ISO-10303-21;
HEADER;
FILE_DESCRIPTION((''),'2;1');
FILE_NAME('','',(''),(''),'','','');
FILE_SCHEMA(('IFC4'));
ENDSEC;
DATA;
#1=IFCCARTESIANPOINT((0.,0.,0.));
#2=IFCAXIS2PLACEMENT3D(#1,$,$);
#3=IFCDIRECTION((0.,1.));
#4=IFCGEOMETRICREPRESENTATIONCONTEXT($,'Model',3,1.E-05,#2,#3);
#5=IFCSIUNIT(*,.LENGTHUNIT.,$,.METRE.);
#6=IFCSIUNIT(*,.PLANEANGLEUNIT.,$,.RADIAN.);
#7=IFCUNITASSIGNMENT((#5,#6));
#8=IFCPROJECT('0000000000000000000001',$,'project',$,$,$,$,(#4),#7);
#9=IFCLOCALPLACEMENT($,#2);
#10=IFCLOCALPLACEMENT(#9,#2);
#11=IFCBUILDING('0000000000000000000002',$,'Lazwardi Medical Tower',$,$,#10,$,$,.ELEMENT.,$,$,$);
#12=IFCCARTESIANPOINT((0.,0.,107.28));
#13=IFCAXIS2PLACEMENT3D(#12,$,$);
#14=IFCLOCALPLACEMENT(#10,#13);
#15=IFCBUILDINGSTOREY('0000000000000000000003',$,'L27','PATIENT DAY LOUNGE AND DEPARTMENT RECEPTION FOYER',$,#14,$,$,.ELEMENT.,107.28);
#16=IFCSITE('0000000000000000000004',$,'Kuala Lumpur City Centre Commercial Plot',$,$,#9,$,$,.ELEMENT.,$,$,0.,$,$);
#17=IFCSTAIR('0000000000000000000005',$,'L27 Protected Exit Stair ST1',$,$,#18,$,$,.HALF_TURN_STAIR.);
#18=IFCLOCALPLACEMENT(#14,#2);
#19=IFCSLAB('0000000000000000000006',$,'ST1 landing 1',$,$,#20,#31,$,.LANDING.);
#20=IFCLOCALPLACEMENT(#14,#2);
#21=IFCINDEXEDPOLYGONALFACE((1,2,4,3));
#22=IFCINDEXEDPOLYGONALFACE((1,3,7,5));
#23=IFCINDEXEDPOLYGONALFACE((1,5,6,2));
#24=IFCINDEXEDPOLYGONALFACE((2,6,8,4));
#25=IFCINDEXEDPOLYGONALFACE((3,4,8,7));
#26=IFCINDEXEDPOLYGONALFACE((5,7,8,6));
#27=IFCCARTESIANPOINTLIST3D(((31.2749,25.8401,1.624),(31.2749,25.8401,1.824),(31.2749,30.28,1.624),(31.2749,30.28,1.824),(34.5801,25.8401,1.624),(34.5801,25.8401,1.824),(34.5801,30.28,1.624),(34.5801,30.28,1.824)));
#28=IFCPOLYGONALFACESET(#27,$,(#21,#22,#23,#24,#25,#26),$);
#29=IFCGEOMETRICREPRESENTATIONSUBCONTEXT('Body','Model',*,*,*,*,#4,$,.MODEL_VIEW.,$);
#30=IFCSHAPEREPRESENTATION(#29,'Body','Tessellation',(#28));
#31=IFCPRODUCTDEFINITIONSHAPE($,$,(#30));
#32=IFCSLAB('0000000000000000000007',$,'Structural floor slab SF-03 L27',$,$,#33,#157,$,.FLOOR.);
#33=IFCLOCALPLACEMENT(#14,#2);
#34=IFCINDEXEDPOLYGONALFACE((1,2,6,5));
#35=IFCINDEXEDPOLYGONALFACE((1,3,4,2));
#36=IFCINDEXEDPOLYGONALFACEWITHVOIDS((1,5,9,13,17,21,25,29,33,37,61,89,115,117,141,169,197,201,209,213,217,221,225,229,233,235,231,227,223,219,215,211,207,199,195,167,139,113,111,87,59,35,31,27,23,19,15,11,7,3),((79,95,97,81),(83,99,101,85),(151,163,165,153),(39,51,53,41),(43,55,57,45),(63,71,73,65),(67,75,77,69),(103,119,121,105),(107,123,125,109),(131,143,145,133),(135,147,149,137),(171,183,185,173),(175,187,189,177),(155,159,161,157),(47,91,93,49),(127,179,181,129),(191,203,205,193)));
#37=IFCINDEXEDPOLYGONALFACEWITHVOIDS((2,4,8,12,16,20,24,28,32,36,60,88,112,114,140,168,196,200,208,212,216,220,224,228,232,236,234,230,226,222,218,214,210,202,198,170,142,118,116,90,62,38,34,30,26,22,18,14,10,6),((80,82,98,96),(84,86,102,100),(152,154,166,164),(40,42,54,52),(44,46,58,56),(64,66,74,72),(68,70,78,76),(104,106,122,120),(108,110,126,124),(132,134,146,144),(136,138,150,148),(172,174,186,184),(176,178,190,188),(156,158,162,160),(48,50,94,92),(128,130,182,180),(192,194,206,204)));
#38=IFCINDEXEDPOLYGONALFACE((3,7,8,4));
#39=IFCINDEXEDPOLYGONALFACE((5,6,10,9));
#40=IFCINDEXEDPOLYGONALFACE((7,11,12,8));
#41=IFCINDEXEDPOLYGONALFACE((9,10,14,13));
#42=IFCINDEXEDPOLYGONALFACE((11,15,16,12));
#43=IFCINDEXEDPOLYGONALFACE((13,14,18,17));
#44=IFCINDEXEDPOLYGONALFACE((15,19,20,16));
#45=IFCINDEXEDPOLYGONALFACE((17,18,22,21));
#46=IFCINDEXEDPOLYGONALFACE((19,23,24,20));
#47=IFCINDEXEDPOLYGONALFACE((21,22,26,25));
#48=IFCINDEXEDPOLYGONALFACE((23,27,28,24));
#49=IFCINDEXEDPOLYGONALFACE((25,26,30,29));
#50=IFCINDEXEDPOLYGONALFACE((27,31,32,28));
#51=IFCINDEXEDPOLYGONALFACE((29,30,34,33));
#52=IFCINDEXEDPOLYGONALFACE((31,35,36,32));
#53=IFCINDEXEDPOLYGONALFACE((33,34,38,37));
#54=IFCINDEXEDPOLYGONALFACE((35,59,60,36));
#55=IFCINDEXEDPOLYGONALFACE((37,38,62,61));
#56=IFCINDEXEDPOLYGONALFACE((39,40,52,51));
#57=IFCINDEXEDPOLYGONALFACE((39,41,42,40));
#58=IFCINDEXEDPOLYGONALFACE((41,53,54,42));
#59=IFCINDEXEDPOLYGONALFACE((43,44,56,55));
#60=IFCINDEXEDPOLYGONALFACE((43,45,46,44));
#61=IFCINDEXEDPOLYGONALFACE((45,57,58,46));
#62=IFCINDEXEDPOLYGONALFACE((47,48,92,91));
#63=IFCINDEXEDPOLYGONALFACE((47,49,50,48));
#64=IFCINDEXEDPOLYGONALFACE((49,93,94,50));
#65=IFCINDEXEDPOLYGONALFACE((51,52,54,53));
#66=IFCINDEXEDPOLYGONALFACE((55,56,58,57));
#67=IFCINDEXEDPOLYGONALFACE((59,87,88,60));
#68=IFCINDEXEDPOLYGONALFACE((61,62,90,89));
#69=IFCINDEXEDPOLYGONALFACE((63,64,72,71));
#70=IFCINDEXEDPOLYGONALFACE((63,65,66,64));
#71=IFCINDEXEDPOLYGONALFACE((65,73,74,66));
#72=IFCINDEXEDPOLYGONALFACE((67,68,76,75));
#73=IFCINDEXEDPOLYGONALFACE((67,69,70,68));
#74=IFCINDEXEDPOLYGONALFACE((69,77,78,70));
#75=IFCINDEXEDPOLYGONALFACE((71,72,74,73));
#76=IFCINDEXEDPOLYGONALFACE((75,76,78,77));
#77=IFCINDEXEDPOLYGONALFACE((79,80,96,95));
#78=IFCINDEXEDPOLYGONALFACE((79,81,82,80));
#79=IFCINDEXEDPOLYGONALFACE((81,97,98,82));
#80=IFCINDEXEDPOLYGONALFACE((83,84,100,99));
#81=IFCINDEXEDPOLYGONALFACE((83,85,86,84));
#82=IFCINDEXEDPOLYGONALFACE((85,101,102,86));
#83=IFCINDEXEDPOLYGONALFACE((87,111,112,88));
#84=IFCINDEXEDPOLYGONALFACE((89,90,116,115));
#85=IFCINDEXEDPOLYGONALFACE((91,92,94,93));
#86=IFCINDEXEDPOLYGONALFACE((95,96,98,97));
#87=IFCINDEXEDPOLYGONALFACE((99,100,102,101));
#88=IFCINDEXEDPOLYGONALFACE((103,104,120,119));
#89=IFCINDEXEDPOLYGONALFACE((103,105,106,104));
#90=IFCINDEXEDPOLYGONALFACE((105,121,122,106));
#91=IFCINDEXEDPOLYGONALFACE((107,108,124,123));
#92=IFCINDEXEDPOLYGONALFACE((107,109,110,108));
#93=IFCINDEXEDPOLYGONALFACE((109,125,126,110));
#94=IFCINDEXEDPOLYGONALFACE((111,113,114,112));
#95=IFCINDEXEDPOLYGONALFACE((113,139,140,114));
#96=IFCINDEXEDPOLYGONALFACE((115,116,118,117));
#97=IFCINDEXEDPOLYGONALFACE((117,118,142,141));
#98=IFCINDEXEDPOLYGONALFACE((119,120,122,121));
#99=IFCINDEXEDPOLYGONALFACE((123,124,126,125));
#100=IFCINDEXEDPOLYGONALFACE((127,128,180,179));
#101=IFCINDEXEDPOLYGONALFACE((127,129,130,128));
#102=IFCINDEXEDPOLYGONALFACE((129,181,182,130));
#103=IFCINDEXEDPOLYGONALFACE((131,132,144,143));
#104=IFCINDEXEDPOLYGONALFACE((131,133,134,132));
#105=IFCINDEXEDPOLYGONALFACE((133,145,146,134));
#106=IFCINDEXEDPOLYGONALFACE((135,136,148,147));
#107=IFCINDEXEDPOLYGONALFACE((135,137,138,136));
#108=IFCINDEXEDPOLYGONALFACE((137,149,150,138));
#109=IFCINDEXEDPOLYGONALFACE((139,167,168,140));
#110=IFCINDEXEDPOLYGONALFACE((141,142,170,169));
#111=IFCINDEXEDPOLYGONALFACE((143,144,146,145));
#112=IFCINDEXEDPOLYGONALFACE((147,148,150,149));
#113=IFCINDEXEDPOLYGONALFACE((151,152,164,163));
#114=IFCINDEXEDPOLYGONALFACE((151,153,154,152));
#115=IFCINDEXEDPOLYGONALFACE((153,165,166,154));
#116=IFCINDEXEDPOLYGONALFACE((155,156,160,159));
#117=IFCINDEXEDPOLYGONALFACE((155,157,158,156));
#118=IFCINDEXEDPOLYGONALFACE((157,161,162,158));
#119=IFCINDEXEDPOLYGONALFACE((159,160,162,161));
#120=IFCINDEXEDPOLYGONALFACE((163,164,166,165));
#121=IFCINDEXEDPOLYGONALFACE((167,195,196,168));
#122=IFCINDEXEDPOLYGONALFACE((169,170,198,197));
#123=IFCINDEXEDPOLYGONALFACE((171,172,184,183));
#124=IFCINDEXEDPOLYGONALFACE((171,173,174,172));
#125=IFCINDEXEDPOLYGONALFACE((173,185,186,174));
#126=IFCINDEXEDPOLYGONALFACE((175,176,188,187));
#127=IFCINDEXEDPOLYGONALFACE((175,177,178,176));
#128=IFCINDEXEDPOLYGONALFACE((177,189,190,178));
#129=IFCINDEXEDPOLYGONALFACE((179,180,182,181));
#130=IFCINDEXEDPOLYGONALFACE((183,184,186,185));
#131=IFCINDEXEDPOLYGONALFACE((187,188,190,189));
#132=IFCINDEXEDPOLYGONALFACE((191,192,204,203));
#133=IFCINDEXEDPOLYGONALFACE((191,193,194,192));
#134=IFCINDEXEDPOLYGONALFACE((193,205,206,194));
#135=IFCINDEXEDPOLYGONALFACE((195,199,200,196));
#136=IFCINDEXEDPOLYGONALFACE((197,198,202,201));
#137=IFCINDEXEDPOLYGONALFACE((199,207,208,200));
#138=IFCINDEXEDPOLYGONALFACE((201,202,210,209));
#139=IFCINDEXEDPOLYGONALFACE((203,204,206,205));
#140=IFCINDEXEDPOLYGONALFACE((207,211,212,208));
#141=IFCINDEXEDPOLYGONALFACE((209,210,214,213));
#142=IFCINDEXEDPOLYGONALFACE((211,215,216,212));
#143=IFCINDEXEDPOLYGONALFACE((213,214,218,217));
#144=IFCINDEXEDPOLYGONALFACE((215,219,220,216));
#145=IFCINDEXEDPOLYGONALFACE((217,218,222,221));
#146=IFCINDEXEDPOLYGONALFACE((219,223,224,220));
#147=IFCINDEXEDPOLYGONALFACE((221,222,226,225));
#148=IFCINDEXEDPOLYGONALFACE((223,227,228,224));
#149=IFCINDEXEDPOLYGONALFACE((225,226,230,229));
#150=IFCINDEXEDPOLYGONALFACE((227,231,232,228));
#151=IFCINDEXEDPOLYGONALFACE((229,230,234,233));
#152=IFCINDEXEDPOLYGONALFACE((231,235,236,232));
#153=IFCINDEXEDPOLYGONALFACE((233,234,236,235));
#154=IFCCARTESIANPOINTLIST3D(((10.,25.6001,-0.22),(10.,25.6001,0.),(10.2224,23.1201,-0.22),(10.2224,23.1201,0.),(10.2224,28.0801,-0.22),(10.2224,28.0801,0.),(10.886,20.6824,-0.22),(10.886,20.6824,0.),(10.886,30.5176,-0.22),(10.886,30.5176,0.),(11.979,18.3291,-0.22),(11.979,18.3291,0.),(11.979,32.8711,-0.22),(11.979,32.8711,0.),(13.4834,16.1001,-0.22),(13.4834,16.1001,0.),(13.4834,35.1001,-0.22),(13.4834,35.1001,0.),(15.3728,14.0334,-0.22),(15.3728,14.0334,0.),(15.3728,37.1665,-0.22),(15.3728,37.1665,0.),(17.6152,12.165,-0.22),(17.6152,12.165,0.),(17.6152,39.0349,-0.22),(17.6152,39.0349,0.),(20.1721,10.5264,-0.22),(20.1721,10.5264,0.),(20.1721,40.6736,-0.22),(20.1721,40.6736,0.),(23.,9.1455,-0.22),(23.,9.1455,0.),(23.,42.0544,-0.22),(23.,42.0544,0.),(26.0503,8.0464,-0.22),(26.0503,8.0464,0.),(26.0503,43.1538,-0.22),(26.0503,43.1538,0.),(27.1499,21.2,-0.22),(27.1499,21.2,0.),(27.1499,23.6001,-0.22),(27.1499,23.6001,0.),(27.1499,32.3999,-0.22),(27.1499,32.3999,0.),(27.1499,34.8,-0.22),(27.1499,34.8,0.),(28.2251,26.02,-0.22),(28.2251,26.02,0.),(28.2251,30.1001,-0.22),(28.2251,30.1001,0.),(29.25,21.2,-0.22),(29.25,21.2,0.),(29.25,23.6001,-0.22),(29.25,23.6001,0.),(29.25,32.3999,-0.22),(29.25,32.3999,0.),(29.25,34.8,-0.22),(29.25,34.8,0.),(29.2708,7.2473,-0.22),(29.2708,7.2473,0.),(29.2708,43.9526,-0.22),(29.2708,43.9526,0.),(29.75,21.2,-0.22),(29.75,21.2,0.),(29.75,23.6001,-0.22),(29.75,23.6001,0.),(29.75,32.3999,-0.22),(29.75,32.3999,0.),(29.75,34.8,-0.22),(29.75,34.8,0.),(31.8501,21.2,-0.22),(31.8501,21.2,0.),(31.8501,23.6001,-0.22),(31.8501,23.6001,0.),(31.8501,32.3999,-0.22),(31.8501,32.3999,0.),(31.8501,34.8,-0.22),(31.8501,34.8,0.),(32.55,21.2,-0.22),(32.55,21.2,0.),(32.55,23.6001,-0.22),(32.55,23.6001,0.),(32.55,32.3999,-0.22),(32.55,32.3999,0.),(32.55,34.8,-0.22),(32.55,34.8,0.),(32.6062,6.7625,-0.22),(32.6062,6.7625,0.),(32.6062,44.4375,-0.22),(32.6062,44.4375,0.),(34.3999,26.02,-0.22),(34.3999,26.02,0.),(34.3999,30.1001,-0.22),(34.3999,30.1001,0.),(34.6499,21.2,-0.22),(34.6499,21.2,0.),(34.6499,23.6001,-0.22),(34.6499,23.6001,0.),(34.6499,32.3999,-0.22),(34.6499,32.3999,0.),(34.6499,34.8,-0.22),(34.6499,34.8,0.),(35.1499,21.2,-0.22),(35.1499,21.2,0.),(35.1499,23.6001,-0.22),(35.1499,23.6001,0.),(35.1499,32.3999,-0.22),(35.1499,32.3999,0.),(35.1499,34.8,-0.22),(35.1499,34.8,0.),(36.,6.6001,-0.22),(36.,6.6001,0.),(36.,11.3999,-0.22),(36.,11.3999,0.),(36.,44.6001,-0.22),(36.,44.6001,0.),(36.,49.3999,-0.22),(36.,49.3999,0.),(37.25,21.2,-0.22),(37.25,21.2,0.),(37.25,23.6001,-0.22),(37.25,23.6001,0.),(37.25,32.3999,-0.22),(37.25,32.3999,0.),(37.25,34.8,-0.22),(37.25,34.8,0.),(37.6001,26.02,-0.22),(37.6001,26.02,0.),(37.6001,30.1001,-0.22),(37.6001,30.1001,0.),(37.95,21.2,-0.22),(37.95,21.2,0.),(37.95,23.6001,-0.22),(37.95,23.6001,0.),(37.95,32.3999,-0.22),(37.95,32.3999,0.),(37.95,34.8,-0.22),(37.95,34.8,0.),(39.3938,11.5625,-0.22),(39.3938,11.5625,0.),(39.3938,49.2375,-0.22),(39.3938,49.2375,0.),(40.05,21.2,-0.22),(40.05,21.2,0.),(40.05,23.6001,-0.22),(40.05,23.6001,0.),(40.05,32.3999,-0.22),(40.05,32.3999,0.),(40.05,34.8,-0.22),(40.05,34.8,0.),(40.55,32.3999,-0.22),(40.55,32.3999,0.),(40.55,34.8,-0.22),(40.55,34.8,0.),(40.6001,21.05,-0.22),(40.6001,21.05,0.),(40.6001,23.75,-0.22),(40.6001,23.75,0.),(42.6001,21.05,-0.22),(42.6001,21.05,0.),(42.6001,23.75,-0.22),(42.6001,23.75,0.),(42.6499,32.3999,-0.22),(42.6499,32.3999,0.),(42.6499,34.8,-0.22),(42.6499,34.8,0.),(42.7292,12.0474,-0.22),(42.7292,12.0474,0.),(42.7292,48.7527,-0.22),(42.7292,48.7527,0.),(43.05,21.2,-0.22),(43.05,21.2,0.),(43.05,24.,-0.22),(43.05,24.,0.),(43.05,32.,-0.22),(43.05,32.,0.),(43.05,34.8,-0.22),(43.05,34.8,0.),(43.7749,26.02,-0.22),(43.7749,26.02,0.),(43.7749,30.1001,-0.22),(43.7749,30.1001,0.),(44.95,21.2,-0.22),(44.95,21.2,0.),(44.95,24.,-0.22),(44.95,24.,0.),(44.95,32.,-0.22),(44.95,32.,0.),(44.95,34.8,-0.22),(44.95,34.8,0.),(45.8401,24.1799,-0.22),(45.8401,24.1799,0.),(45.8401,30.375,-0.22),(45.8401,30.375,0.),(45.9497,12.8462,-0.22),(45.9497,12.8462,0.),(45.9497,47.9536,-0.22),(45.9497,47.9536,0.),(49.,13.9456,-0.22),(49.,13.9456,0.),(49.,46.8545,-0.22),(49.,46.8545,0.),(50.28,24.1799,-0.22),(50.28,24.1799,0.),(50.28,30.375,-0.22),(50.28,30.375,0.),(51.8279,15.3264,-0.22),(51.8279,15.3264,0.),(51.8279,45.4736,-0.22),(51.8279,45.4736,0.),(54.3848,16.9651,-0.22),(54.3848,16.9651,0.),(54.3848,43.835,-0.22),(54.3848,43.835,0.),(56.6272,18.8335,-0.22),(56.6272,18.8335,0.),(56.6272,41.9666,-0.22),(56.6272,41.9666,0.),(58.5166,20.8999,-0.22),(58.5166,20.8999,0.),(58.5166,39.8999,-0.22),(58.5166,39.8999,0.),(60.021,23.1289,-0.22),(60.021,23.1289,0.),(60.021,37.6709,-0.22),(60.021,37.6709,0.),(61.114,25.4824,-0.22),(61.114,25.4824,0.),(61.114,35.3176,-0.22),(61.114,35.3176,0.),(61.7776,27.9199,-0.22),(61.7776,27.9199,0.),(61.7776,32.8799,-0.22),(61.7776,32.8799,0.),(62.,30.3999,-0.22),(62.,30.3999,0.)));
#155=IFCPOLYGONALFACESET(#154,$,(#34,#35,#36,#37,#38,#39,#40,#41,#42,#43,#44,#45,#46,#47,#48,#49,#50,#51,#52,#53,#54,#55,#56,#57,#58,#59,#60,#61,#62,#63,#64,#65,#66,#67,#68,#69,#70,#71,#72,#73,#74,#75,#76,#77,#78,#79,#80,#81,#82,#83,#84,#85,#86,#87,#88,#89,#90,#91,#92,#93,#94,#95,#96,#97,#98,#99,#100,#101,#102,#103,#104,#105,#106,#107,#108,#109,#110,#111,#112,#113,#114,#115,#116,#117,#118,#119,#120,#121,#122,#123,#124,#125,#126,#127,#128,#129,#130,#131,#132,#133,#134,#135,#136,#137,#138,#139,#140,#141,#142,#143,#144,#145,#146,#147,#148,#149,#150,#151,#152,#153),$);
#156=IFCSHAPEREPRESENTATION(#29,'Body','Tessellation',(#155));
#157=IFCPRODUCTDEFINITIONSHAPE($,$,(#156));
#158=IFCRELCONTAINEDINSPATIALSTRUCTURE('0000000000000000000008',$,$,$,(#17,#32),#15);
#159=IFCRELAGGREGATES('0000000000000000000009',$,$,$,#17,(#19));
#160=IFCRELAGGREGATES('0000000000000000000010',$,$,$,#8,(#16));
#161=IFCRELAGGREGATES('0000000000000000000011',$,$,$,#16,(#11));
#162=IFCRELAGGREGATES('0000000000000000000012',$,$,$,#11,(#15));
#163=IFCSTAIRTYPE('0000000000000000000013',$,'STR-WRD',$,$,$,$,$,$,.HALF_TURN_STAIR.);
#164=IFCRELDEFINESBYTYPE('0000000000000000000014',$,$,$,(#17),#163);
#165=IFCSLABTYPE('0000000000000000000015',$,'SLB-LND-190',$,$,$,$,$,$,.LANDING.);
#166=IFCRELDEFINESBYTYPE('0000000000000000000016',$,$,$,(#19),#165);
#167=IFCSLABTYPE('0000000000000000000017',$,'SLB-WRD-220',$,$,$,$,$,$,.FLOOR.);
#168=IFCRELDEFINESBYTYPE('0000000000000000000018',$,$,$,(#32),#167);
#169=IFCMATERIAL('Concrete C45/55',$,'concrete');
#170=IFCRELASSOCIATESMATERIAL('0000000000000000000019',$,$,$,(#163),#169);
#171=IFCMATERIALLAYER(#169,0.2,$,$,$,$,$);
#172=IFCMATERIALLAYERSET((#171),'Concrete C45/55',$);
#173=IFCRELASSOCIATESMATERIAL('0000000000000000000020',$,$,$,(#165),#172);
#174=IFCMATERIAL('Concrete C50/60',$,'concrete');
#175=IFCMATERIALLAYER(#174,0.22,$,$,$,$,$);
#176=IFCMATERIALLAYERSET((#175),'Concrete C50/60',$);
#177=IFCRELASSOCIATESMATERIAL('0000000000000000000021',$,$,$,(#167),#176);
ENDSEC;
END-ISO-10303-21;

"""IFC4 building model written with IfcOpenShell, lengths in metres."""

from ifc_helpers import new_model, si_unit, direction, frame, origin, place, context, subcontext, project, spatial, polyline, outline, extrude, material, layer, layer_set, type_object, element, aggregate, save


model = new_model("IFC4")

# Units and contexts
model_context = context("Model", 3, precision=1e-05, world=origin(), true_north=direction((0.0, 1.0)))
body_context = subcontext(model_context, "Body", "Model", "MODEL_VIEW")
ifc_project = project(units=[si_unit("LENGTHUNIT", "METRE"), si_unit("PLANEANGLEUNIT", "RADIAN")], contexts=[model_context])

# Site, building, storey
site_placement = place(None, origin())
site = spatial("IfcSite", under=ifc_project, at=site_placement, Name="Kuala Lumpur City Centre Commercial Plot", CompositionType="ELEMENT", RefElevation=0.0)
building_placement = place(site_placement, origin())
building = spatial("IfcBuilding", under=site, at=building_placement, Name="Lazwardi Medical Tower", CompositionType="ELEMENT")
storey_placement = place(building_placement, frame((0.0, 0.0, 107.28)))
storey = spatial("IfcBuildingStorey", under=building, at=storey_placement, Name="L27", Description="PATIENT DAY LOUNGE AND DEPARTMENT RECEPTION FOYER", CompositionType="ELEMENT", Elevation=107.28)

# Stair, slab
ifc_material_1 = material(Name="Concrete C45/55", Category="concrete")
stair_type = type_object("IfcStairType", Name="STR-WRD", PredefinedType="HALF_TURN_STAIR", material=ifc_material_1)
stair_placement = place(storey_placement, origin())
stair = element("IfcStair", 1, at=stair_placement, inside=storey, type_object=stair_type, Name="L27 Protected Exit Stair ST1", PredefinedType="HALF_TURN_STAIR")
ifc_layer_1 = layer(ifc_material_1, 0.2)
ifc_layer_set_1 = layer_set([ifc_layer_1], Name="Concrete C45/55")
slab_type_1 = type_object("IfcSlabType", Name="SLB-LND-190", PredefinedType="LANDING", material=ifc_layer_set_1)
slab_1_placement = place(storey_placement, frame((0.0, 0.0, 1.624)))
slab_1 = element("IfcSlab", 2, at=slab_1_placement, type_object=slab_type_1, Name="ST1 landing 1", PredefinedType="LANDING", context=body_context, shape_type="SweptSolid", body=[
    extrude(outline(polyline([(31.2749, 25.8401), (34.5801, 25.8401), (34.5801, 30.28), (31.2749, 30.28), (31.2749, 25.8401)])), origin(), (0.0, 0.0, 1.0), 0.2),
])
aggregate(stair, [slab_1])

# Slab
ifc_material_2 = material(Name="Concrete C50/60", Category="concrete")
ifc_layer_2 = layer(ifc_material_2, 0.22)
ifc_layer_set_2 = layer_set([ifc_layer_2], Name="Concrete C50/60")
slab_type_2 = type_object("IfcSlabType", Name="SLB-WRD-220", PredefinedType="FLOOR", material=ifc_layer_set_2)
slab_2_placement = place(storey_placement, frame((0.0, 0.0, -0.22)))
element("IfcSlab", 3, at=slab_2_placement, inside=storey, type_object=slab_type_2, Name="Structural floor slab SF-03 L27", PredefinedType="FLOOR", context=body_context, shape_type="SweptSolid", body=[
    extrude(outline(polyline([(11.979, 32.8711), (10.886, 30.5176), (10.2224, 28.0801), (10.0, 25.6001), (10.2224, 23.1201), (10.886, 20.6824), (11.979, 18.3291), (13.4834, 16.1001), (15.3728, 14.0334), (17.6152, 12.165), (20.1721, 10.5264), (23.0, 9.1455), (26.0503, 8.0464), (29.2708, 7.2473), (32.6062, 6.7625), (36.0, 6.6001), (36.0, 11.3999), (39.3938, 11.5625), (42.7292, 12.0474), (45.9497, 12.8462), (49.0, 13.9456), (51.8279, 15.3264), (54.3848, 16.9651), (56.6272, 18.8335), (58.5166, 20.8999), (60.021, 23.1289), (61.114, 25.4824), (61.7776, 27.9199), (62.0, 30.3999), (61.7776, 32.8799), (61.114, 35.3176), (60.021, 37.6709), (58.5166, 39.8999), (56.6272, 41.9666), (54.3848, 43.835), (51.8279, 45.4736), (49.0, 46.8545), (45.9497, 47.9536), (42.7292, 48.7527), (39.3938, 49.2375), (36.0, 49.3999), (36.0, 44.6001), (32.6062, 44.4375), (29.2708, 43.9526), (26.0503, 43.1538), (23.0, 42.0544), (20.1721, 40.6736), (17.6152, 39.0349), (15.3728, 37.1665), (13.4834, 35.1001), (11.979, 32.8711)]), holes=[polyline([(28.2251, 26.02), (28.2251, 30.1001), (34.3999, 30.1001), (34.3999, 26.02), (28.2251, 26.02)]), polyline([(37.6001, 30.1001), (43.7749, 30.1001), (43.7749, 26.02), (37.6001, 26.02), (37.6001, 30.1001)]), polyline([(50.28, 30.375), (50.28, 24.1799), (45.8401, 24.1799), (45.8401, 30.375), (50.28, 30.375)]), polyline([(29.25, 32.3999), (27.1499, 32.3999), (27.1499, 34.8), (29.25, 34.8), (29.25, 32.3999)]), polyline([(29.75, 32.3999), (29.75, 34.8), (31.8501, 34.8), (31.8501, 32.3999), (29.75, 32.3999)]), polyline([(27.1499, 23.6001), (29.25, 23.6001), (29.25, 21.2), (27.1499, 21.2), (27.1499, 23.6001)]), polyline([(31.8501, 23.6001), (31.8501, 21.2), (29.75, 21.2), (29.75, 23.6001), (31.8501, 23.6001)]), polyline([(34.6499, 32.3999), (32.55, 32.3999), (32.55, 34.8), (34.6499, 34.8), (34.6499, 32.3999)]), polyline([(35.1499, 32.3999), (35.1499, 34.8), (37.25, 34.8), (37.25, 32.3999), (35.1499, 32.3999)]), polyline([(32.55, 23.6001), (34.6499, 23.6001), (34.6499, 21.2), (32.55, 21.2), (32.55, 23.6001)]), polyline([(37.25, 23.6001), (37.25, 21.2), (35.1499, 21.2), (35.1499, 23.6001), (37.25, 23.6001)]), polyline([(40.05, 32.3999), (37.95, 32.3999), (37.95, 34.8), (40.05, 34.8), (40.05, 32.3999)]), polyline([(40.55, 32.3999), (40.55, 34.8), (42.6499, 34.8), (42.6499, 32.3999), (40.55, 32.3999)]), polyline([(37.95, 23.6001), (40.05, 23.6001), (40.05, 21.2), (37.95, 21.2), (37.95, 23.6001)]), polyline([(44.95, 34.8), (44.95, 32.0), (43.05, 32.0), (43.05, 34.8), (44.95, 34.8)]), polyline([(44.95, 21.2), (43.05, 21.2), (43.05, 24.0), (44.95, 24.0), (44.95, 21.2)]), polyline([(40.6001, 21.05), (40.6001, 23.75), (42.6001, 23.75), (42.6001, 21.05), (40.6001, 21.05)])]), origin(), (0.0, 0.0, 1.0), 0.22),
])

save(model, "model.ifc")
